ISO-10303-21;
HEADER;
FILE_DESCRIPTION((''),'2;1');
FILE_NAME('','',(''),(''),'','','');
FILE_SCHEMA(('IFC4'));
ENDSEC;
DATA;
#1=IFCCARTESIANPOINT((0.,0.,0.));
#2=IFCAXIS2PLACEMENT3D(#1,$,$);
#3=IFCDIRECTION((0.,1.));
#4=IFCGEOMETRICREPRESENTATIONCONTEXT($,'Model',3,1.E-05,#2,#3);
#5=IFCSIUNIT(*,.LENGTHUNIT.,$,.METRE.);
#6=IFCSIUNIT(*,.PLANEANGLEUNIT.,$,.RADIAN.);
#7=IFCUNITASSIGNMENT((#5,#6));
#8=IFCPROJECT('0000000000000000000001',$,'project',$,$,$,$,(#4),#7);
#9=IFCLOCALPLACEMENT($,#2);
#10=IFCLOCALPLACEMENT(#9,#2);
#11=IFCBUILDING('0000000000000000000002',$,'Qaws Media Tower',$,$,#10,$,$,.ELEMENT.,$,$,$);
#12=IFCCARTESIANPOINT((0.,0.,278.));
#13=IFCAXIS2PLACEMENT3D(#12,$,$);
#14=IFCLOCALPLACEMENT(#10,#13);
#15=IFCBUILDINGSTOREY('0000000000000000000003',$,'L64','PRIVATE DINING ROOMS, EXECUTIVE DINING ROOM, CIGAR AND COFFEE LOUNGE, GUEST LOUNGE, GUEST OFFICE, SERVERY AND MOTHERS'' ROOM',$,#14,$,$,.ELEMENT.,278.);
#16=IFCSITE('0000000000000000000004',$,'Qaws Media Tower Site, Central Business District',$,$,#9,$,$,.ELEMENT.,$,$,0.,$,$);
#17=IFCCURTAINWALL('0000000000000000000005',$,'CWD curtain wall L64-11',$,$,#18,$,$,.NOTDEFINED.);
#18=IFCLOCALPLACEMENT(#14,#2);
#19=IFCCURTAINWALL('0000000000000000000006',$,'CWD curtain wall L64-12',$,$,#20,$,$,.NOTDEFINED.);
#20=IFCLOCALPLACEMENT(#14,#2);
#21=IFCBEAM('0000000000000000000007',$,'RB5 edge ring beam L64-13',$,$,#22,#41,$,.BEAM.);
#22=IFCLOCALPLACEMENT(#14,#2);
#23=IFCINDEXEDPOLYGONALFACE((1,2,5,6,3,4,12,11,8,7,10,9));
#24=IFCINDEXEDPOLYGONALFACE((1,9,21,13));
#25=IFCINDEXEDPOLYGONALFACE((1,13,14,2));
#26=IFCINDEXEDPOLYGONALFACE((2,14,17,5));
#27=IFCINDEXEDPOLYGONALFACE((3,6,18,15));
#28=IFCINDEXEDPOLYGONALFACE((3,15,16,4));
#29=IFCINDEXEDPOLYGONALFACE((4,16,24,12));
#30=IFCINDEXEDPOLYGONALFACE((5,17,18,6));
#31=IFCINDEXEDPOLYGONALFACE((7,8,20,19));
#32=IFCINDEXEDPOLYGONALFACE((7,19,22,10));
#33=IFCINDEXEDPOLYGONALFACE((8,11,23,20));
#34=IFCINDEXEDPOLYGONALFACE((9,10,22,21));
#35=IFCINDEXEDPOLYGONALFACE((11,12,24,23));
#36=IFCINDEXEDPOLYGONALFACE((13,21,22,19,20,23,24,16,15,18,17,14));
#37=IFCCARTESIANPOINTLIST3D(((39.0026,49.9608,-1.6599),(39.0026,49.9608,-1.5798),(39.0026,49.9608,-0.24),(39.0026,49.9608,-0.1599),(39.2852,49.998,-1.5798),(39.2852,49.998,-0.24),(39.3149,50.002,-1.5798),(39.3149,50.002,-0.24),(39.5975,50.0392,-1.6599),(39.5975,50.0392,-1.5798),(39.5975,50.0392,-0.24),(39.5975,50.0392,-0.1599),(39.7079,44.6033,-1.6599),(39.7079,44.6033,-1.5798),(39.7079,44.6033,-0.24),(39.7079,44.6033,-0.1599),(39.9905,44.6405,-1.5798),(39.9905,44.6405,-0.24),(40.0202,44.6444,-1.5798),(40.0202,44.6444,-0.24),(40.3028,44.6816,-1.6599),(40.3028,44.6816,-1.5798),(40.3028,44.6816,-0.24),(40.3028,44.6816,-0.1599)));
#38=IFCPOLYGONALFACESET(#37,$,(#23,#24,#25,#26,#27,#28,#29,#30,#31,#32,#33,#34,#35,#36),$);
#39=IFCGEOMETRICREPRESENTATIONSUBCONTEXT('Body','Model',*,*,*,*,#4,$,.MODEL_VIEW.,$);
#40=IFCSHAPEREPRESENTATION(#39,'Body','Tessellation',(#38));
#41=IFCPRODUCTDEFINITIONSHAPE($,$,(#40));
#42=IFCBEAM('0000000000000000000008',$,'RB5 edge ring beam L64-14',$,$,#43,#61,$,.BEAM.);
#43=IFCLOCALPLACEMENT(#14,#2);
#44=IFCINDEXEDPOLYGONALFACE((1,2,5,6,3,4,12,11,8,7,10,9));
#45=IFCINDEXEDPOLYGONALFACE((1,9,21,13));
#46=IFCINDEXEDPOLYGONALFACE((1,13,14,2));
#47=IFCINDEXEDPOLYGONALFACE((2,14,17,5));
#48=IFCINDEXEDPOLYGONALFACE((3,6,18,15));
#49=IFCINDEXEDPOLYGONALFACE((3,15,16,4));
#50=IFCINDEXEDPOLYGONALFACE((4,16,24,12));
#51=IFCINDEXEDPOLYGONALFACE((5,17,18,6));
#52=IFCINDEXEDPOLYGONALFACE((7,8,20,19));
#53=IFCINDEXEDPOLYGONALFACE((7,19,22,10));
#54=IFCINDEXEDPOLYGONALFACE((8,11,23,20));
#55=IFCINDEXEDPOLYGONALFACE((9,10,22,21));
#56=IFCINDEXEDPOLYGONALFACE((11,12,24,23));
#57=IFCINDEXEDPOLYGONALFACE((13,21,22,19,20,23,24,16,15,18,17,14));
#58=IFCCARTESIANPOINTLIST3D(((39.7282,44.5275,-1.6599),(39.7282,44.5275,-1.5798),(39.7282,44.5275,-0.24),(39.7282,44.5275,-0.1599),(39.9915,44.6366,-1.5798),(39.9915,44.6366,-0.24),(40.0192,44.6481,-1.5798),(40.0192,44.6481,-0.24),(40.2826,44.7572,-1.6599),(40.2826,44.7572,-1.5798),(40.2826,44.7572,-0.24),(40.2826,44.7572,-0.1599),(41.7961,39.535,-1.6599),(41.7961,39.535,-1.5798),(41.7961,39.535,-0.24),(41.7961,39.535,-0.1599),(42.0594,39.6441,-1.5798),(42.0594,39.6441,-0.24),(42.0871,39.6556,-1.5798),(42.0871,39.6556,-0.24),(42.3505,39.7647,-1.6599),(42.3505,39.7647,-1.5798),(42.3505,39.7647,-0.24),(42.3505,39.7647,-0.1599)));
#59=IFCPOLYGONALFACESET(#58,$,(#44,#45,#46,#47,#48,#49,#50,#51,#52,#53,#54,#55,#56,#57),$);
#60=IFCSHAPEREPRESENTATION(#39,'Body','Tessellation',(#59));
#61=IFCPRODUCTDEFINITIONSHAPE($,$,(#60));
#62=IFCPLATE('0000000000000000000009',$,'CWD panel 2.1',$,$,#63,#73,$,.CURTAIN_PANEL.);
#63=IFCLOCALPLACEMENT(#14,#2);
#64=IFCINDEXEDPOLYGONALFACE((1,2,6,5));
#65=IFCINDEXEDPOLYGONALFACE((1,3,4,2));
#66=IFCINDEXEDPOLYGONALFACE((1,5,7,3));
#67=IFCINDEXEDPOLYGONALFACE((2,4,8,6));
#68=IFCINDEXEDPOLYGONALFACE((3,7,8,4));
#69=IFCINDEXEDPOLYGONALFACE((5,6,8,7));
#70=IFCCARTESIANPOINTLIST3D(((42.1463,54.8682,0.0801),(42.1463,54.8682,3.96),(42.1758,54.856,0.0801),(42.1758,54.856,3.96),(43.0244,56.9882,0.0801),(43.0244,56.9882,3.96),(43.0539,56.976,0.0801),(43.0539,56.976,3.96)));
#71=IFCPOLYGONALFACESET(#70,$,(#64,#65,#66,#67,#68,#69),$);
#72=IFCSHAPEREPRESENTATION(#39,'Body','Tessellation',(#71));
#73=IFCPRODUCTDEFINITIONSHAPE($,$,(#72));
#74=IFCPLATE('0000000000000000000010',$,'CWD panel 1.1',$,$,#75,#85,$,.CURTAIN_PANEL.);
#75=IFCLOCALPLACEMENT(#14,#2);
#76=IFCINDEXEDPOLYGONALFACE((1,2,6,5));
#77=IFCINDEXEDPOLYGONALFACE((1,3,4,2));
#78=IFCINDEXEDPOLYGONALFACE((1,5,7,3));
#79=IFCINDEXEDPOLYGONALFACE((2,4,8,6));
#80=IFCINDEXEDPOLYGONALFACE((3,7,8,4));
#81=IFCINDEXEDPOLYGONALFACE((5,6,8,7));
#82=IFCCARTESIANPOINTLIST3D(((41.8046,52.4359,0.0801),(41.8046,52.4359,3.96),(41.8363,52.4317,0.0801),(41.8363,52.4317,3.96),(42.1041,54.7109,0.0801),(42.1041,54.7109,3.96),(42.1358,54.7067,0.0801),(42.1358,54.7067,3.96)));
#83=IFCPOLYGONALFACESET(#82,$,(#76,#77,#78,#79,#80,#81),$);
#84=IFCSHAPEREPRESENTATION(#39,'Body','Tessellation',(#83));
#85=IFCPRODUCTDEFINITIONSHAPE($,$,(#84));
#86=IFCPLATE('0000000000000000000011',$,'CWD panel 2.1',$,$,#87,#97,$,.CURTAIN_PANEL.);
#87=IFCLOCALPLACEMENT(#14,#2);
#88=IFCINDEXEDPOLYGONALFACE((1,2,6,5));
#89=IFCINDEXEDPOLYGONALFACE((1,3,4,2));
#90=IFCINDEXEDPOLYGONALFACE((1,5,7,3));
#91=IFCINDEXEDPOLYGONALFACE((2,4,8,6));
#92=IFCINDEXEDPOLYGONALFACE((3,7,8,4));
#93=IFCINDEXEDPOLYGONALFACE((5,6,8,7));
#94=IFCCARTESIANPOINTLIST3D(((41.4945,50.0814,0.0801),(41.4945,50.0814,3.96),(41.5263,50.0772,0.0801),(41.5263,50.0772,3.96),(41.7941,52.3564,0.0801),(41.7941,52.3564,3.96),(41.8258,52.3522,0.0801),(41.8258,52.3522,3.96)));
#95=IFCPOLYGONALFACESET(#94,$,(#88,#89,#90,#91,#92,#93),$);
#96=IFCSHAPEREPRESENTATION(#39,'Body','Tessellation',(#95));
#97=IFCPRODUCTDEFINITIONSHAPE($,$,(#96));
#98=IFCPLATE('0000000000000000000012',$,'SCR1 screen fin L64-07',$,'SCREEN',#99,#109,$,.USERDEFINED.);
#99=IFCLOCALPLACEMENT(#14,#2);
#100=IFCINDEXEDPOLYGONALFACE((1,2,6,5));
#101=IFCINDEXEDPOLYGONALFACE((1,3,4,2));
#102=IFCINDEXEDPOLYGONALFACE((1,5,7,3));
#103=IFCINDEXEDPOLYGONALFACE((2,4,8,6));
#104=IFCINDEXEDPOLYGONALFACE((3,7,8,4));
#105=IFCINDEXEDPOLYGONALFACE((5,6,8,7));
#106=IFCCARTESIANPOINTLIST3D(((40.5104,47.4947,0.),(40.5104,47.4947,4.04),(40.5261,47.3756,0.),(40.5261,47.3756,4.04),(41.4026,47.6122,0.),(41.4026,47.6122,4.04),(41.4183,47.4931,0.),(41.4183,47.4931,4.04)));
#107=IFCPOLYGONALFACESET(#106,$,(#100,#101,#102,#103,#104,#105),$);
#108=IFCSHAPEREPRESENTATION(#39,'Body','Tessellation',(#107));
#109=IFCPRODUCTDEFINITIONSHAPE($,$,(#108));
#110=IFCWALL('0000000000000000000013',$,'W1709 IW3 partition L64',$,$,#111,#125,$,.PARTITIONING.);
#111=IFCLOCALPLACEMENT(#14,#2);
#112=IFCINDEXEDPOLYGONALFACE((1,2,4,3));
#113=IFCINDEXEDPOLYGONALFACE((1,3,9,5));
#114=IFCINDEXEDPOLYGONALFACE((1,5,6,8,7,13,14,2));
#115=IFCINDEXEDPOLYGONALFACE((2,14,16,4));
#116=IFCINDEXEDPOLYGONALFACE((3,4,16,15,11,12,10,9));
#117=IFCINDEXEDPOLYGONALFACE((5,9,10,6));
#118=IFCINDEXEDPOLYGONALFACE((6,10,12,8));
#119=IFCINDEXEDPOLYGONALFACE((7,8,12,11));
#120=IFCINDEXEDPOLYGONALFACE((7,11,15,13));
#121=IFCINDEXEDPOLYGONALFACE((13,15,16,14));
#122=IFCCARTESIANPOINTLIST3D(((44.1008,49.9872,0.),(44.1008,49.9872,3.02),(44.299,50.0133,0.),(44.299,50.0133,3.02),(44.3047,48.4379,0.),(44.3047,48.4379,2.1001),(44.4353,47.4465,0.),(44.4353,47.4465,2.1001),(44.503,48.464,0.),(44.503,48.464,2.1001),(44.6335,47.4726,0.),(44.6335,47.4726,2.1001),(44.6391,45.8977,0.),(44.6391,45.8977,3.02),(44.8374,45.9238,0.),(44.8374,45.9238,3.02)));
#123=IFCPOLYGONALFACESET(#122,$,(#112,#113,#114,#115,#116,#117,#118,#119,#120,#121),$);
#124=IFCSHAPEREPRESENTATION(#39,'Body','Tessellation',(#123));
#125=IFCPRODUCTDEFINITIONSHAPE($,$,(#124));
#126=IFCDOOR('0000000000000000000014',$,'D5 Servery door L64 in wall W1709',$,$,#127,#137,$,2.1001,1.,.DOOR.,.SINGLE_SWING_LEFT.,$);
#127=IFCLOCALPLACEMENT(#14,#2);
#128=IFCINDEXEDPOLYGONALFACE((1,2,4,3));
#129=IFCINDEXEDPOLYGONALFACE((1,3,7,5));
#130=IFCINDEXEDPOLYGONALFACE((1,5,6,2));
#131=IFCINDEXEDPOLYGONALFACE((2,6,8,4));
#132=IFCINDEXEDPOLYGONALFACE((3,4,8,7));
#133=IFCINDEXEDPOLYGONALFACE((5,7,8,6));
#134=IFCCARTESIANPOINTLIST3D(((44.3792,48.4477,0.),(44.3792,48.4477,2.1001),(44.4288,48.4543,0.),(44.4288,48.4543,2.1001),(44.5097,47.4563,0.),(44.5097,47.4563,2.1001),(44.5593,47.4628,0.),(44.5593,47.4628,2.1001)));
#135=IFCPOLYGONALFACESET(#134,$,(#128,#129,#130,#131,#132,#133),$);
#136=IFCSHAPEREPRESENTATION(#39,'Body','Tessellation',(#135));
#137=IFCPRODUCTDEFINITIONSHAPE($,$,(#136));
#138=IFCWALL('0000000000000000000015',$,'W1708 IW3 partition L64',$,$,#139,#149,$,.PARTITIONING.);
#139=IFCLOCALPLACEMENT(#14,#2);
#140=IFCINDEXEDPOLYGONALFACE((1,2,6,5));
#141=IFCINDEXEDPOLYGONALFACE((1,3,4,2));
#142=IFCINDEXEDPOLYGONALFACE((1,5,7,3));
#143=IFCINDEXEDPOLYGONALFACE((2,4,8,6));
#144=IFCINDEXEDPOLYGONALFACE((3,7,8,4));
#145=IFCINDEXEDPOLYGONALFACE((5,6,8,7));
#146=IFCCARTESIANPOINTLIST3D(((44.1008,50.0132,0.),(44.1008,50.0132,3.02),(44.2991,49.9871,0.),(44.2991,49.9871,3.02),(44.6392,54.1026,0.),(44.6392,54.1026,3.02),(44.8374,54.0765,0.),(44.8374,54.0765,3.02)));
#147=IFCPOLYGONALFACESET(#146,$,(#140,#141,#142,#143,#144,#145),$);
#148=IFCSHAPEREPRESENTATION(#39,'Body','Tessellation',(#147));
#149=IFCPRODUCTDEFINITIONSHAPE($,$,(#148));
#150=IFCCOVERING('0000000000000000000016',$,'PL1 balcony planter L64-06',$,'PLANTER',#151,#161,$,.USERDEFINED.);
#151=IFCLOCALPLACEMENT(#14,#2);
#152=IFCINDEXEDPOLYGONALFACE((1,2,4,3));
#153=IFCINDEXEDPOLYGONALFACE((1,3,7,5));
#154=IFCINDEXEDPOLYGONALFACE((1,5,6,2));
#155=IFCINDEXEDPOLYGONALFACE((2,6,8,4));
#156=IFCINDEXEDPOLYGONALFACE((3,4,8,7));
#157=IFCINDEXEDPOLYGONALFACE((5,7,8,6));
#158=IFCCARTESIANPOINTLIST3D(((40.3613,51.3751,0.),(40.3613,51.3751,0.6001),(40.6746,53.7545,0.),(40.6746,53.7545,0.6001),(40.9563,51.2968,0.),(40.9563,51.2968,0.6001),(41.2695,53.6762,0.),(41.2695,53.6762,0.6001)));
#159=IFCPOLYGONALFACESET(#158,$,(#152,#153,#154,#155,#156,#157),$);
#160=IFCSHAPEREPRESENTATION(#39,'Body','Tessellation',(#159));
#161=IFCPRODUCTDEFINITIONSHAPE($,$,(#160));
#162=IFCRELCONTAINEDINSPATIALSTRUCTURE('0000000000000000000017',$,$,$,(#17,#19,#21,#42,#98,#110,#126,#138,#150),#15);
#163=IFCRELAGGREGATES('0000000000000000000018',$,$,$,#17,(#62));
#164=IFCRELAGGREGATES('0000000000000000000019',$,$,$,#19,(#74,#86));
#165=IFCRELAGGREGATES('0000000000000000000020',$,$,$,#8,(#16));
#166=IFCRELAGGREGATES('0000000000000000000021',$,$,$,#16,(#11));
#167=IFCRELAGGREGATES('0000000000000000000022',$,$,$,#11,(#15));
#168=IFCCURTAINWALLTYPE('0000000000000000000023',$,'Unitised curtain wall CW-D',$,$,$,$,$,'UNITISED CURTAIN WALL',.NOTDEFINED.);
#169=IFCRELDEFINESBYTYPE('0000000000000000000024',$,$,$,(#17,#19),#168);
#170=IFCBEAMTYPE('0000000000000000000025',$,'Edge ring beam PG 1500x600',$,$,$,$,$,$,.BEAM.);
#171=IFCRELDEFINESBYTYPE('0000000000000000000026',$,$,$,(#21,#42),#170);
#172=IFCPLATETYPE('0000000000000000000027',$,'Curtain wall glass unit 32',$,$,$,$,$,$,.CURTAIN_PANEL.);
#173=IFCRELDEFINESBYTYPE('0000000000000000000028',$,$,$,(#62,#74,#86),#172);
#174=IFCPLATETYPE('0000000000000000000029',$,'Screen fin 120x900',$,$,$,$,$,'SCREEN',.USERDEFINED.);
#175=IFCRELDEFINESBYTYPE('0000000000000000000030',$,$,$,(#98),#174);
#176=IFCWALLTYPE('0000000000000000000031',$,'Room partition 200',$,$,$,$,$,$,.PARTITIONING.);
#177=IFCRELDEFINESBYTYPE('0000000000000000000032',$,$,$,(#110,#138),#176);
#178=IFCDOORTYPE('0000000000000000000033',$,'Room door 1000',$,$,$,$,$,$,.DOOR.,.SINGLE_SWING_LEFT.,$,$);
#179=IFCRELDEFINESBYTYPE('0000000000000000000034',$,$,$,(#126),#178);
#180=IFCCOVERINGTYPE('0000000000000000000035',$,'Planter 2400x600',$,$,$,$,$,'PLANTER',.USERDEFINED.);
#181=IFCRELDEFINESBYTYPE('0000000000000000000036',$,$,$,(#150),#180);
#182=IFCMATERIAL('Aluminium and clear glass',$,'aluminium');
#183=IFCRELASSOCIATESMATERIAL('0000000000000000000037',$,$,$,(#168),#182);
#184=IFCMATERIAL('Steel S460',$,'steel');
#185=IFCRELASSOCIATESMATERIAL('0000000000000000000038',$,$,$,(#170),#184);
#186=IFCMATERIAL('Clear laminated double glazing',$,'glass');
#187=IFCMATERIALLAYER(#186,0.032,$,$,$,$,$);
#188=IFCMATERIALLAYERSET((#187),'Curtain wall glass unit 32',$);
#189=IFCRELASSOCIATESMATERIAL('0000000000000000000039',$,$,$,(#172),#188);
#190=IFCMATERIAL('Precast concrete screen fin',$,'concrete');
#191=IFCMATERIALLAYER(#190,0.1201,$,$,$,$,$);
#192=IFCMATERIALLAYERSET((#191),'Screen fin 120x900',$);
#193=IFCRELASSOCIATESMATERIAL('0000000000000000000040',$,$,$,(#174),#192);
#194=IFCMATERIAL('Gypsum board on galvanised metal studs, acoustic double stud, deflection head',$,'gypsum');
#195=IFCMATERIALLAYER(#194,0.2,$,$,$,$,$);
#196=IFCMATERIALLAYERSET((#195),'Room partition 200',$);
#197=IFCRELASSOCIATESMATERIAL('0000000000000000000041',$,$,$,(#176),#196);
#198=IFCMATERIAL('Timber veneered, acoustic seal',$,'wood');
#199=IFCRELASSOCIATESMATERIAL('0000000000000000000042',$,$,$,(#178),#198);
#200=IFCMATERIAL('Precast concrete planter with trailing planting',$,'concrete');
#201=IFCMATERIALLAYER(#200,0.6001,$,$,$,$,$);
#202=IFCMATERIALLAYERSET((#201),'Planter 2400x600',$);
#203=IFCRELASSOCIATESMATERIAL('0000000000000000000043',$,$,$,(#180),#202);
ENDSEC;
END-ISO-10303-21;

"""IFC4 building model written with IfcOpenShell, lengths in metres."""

from ifc_helpers import new_model, si_unit, direction, frame, frame_2d, origin, origin_2d, place, context, subcontext, project, spatial, rectangle, i_section, extrude, material, layer, layer_set, material_profile, profile_set, type_object, element, fill, aggregate, save


model = new_model("IFC4")

# Units and contexts
model_context = context("Model", 3, precision=1e-05, world=origin(), true_north=direction((0.0, 1.0)))
body_context = subcontext(model_context, "Body", "Model", "MODEL_VIEW")
ifc_project = project(units=[si_unit("LENGTHUNIT", "METRE"), si_unit("PLANEANGLEUNIT", "RADIAN")], contexts=[model_context])

# Site, building, storey
site_placement = place(None, origin())
site = spatial("IfcSite", under=ifc_project, at=site_placement, Name="Qaws Media Tower Site, Central Business District", CompositionType="ELEMENT", RefElevation=0.0)
building_placement = place(site_placement, origin())
building = spatial("IfcBuilding", under=site, at=building_placement, Name="Qaws Media Tower", CompositionType="ELEMENT")
storey_placement = place(building_placement, frame((0.0, 0.0, 278.0)))
storey = spatial("IfcBuildingStorey", under=building, at=storey_placement, Name="L64", Description="PRIVATE DINING ROOMS, EXECUTIVE DINING ROOM, CIGAR AND COFFEE LOUNGE, GUEST LOUNGE, GUEST OFFICE, SERVERY AND MOTHERS' ROOM", CompositionType="ELEMENT", Elevation=278.0)

# Curtain wall
ifc_material_1 = material(Name="Aluminium and clear glass", Category="aluminium")
curtain_wall_type = type_object("IfcCurtainWallType", Name="Unitised curtain wall CW-D", ElementType="UNITISED CURTAIN WALL", PredefinedType="NOTDEFINED", material=ifc_material_1)
curtain_wall_1_placement = place(storey_placement, origin())
curtain_wall_1 = element("IfcCurtainWall", 1, at=curtain_wall_1_placement, inside=storey, type_object=curtain_wall_type, Name="CWD curtain wall L64-11", PredefinedType="NOTDEFINED")

# Curtain wall
curtain_wall_2_placement = place(storey_placement, origin())
curtain_wall_2 = element("IfcCurtainWall", 2, at=curtain_wall_2_placement, inside=storey, type_object=curtain_wall_type, Name="CWD curtain wall L64-12", PredefinedType="NOTDEFINED")

# Beams
ifc_material_2 = material(Name="Steel S460", Category="steel")
ifc_material_profile_1 = material_profile(ifc_material_2, i_section(OverallWidth=0.6001, OverallDepth=1.5, WebThickness=0.03, FlangeThickness=0.0801, at=origin_2d()), Name="PG 1500x600")
ifc_profile_set_1 = profile_set([ifc_material_profile_1], Name="Steel S460")
beam_type = type_object("IfcBeamType", Name="Edge ring beam PG 1500x600", PredefinedType="BEAM", material=ifc_profile_set_1)
for number, where, z_axis, x_axis, name in (
    (3, (39.3, 50.0, -0.9099), (0.130521, -0.991446, 0.0), (0.991446, 0.130521, 0.0), "RB5 edge ring beam L64-13"),
    (4, (40.0054, 44.6423, -0.9099), (0.382674, -0.923884, 0.0), (0.923884, 0.382674, 0.0), "RB5 edge ring beam L64-14"),
):
    element("IfcBeam", number, at=place(storey_placement, frame(where, z_axis=z_axis, x_axis=x_axis)), inside=storey, type_object=beam_type, Name=name, PredefinedType="BEAM", context=body_context, shape_type="SweptSolid", body=[
        extrude(i_section(OverallWidth=0.6001, OverallDepth=1.5, WebThickness=0.03, FlangeThickness=0.0801, at=origin_2d()), origin(), (0.0, 0.0, 1.0), 5.4038),
    ])

# Plates
ifc_material_3 = material(Name="Clear laminated double glazing", Category="glass")
ifc_layer_1 = layer(ifc_material_3, 0.032)
ifc_layer_set_1 = layer_set([ifc_layer_1], Name="Curtain wall glass unit 32")
plate_type_1 = type_object("IfcPlateType", Name="Curtain wall glass unit 32", PredefinedType="CURTAIN_PANEL", material=ifc_layer_set_1)
plate_1_placement = place(storey_placement, frame((42.6001, 55.9221, 0.0801), z_axis=(0.0, 0.0, 1.0), x_axis=(-0.382683, -0.92388, 0.0)))
plate_1 = element("IfcPlate", 5, at=plate_1_placement, type_object=plate_type_1, Name="CWD panel 2.1", PredefinedType="CURTAIN_PANEL", context=body_context, shape_type="SweptSolid", body=[
    extrude(rectangle(XDim=2.2947, YDim=0.032, at=origin_2d()), origin(), (0.0, 0.0, 1.0), 3.8799),
])
aggregate(curtain_wall_1, [plate_1])
plate_2_placement = place(storey_placement, frame((41.9702, 53.5713, 0.0801), z_axis=(0.0, 0.0, 1.0), x_axis=(-0.130526, -0.991445, 0.0)))
plate_2 = element("IfcPlate", 6, at=plate_2_placement, type_object=plate_type_1, Name="CWD panel 1.1", PredefinedType="CURTAIN_PANEL", context=body_context, shape_type="SweptSolid", body=[
    extrude(rectangle(XDim=2.2947, YDim=0.032, at=origin_2d()), origin(), (0.0, 0.0, 1.0), 3.8799),
])
plate_3_placement = place(storey_placement, frame((41.6602, 51.2168, 0.0801), z_axis=(0.0, 0.0, 1.0), x_axis=(-0.130526, -0.991445, 0.0)))
plate_3 = element("IfcPlate", 7, at=plate_3_placement, type_object=plate_type_1, Name="CWD panel 2.1", PredefinedType="CURTAIN_PANEL", context=body_context, shape_type="SweptSolid", body=[
    extrude(rectangle(XDim=2.2947, YDim=0.032, at=origin_2d()), origin(), (0.0, 0.0, 1.0), 3.8799),
])
aggregate(curtain_wall_2, [plate_2, plate_3])
ifc_material_4 = material(Name="Precast concrete screen fin", Category="concrete")
ifc_layer_2 = layer(ifc_material_4, 0.1201)
ifc_layer_set_2 = layer_set([ifc_layer_2], Name="Screen fin 120x900")
plate_type_2 = type_object("IfcPlateType", Name="Screen fin 120x900", ElementType="SCREEN", PredefinedType="USERDEFINED", material=ifc_layer_set_2)
plate_4_placement = place(storey_placement, frame((40.9644, 47.4939, 0.0), z_axis=(0.0, 0.0, 1.0), x_axis=(-0.991445, -0.130526, 0.0)))
element("IfcPlate", 8, at=plate_4_placement, inside=storey, type_object=plate_type_2, Name="SCR1 screen fin L64-07", ObjectType="SCREEN", PredefinedType="USERDEFINED", context=body_context, shape_type="SweptSolid", body=[
    extrude(rectangle(XDim=0.8999, YDim=0.1201, at=origin_2d()), origin(), (0.0, 0.0, 1.0), 4.04),
])

# Wall, opening, door
ifc_material_5 = material(Name="Gypsum board on galvanised metal studs, acoustic double stud, deflection head", Category="gypsum")
ifc_layer_3 = layer(ifc_material_5, 0.2)
ifc_layer_set_3 = layer_set([ifc_layer_3], Name="Room partition 200")
wall_type_1 = type_object("IfcWallType", Name="Room partition 200", PredefinedType="PARTITIONING", material=ifc_layer_set_3)
wall_1_placement = place(storey_placement, frame((44.7383, 45.9106, 0.0), z_axis=(0.0, 0.0, 1.0), x_axis=(-0.130516, 0.991446, 0.0)))
wall_1 = element("IfcWall", 9, at=wall_1_placement, inside=storey, type_object=wall_type_1, Name="W1709 IW3 partition L64", PredefinedType="PARTITIONING", context=body_context, shape_type="SweptSolid", body=[
    extrude(rectangle(XDim=4.1248, YDim=0.2, at=frame_2d((2.0625, 0.0))), origin(), (0.0, 0.0, 1.0), 3.02),
])
opening_1_placement = place(wall_1_placement, frame((1.5623, 0.0, 0.0)))
opening_1 = element("IfcOpeningElement", 10, at=opening_1_placement, cuts=wall_1, PredefinedType="OPENING", context=body_context, shape_type="SweptSolid", body=[
    extrude(rectangle(XDim=1.0, YDim=2.1001, at=frame_2d((0.5, 1.05))), frame((0.0, 0.1099, 0.0), z_axis=(0.0, -1.0, 0.0), x_axis=(1.0, 0.0, 0.0)), (0.0, 0.0, 1.0), 0.22),
])
ifc_material_6 = material(Name="Timber veneered, acoustic seal", Category="wood")
door_type_1 = type_object("IfcDoorType", Name="Room door 1000", OperationType="SINGLE_SWING_LEFT", PredefinedType="DOOR", material=ifc_material_6)
door_1_placement = place(opening_1_placement, origin())
door_1 = element("IfcDoor", 11, at=door_1_placement, inside=storey, type_object=door_type_1, Name="D5 Servery door L64 in wall W1709", OperationType="SINGLE_SWING_LEFT", OverallHeight=2.1001, OverallWidth=1.0, PredefinedType="DOOR", context=body_context, shape_type="SweptSolid", body=[
    extrude(rectangle(XDim=1.0, YDim=2.1001, at=frame_2d((0.5, 1.05))), frame((0.0, 0.0249, 0.0), z_axis=(0.0, -1.0, 0.0), x_axis=(1.0, 0.0, 0.0)), (0.0, 0.0, 1.0), 0.05),
])
fill(opening_1, door_1)

# Wall
wall_2_placement = place(storey_placement, frame((44.2, 50.0, 0.0), z_axis=(0.0, 0.0, 1.0), x_axis=(0.130516, 0.991446, 0.0)))
element("IfcWall", 12, at=wall_2_placement, inside=storey, type_object=wall_type_1, Name="W1708 IW3 partition L64", PredefinedType="PARTITIONING", context=body_context, shape_type="SweptSolid", body=[
    extrude(rectangle(XDim=4.1248, YDim=0.2, at=frame_2d((2.0625, 0.0))), origin(), (0.0, 0.0, 1.0), 3.02),
])

# Covering
ifc_material_7 = material(Name="Precast concrete planter with trailing planting", Category="concrete")
ifc_layer_4 = layer(ifc_material_7, 0.6001)
ifc_layer_set_4 = layer_set([ifc_layer_4], Name="Planter 2400x600")
covering_type = type_object("IfcCoveringType", Name="Planter 2400x600", ElementType="PLANTER", PredefinedType="USERDEFINED", material=ifc_layer_set_4)
covering_placement = place(storey_placement, frame((40.8154, 52.5256, 0.0), z_axis=(0.0, 0.0, 1.0), x_axis=(-0.130526, -0.991445, 0.0)))
element("IfcCovering", 13, at=covering_placement, inside=storey, type_object=covering_type, Name="PL1 balcony planter L64-06", ObjectType="PLANTER", PredefinedType="USERDEFINED", context=body_context, shape_type="SweptSolid", body=[
    extrude(rectangle(XDim=2.3999, YDim=0.6001, at=origin_2d()), origin(), (0.0, 0.0, 1.0), 0.6001),
])

save(model, "model.ifc")
